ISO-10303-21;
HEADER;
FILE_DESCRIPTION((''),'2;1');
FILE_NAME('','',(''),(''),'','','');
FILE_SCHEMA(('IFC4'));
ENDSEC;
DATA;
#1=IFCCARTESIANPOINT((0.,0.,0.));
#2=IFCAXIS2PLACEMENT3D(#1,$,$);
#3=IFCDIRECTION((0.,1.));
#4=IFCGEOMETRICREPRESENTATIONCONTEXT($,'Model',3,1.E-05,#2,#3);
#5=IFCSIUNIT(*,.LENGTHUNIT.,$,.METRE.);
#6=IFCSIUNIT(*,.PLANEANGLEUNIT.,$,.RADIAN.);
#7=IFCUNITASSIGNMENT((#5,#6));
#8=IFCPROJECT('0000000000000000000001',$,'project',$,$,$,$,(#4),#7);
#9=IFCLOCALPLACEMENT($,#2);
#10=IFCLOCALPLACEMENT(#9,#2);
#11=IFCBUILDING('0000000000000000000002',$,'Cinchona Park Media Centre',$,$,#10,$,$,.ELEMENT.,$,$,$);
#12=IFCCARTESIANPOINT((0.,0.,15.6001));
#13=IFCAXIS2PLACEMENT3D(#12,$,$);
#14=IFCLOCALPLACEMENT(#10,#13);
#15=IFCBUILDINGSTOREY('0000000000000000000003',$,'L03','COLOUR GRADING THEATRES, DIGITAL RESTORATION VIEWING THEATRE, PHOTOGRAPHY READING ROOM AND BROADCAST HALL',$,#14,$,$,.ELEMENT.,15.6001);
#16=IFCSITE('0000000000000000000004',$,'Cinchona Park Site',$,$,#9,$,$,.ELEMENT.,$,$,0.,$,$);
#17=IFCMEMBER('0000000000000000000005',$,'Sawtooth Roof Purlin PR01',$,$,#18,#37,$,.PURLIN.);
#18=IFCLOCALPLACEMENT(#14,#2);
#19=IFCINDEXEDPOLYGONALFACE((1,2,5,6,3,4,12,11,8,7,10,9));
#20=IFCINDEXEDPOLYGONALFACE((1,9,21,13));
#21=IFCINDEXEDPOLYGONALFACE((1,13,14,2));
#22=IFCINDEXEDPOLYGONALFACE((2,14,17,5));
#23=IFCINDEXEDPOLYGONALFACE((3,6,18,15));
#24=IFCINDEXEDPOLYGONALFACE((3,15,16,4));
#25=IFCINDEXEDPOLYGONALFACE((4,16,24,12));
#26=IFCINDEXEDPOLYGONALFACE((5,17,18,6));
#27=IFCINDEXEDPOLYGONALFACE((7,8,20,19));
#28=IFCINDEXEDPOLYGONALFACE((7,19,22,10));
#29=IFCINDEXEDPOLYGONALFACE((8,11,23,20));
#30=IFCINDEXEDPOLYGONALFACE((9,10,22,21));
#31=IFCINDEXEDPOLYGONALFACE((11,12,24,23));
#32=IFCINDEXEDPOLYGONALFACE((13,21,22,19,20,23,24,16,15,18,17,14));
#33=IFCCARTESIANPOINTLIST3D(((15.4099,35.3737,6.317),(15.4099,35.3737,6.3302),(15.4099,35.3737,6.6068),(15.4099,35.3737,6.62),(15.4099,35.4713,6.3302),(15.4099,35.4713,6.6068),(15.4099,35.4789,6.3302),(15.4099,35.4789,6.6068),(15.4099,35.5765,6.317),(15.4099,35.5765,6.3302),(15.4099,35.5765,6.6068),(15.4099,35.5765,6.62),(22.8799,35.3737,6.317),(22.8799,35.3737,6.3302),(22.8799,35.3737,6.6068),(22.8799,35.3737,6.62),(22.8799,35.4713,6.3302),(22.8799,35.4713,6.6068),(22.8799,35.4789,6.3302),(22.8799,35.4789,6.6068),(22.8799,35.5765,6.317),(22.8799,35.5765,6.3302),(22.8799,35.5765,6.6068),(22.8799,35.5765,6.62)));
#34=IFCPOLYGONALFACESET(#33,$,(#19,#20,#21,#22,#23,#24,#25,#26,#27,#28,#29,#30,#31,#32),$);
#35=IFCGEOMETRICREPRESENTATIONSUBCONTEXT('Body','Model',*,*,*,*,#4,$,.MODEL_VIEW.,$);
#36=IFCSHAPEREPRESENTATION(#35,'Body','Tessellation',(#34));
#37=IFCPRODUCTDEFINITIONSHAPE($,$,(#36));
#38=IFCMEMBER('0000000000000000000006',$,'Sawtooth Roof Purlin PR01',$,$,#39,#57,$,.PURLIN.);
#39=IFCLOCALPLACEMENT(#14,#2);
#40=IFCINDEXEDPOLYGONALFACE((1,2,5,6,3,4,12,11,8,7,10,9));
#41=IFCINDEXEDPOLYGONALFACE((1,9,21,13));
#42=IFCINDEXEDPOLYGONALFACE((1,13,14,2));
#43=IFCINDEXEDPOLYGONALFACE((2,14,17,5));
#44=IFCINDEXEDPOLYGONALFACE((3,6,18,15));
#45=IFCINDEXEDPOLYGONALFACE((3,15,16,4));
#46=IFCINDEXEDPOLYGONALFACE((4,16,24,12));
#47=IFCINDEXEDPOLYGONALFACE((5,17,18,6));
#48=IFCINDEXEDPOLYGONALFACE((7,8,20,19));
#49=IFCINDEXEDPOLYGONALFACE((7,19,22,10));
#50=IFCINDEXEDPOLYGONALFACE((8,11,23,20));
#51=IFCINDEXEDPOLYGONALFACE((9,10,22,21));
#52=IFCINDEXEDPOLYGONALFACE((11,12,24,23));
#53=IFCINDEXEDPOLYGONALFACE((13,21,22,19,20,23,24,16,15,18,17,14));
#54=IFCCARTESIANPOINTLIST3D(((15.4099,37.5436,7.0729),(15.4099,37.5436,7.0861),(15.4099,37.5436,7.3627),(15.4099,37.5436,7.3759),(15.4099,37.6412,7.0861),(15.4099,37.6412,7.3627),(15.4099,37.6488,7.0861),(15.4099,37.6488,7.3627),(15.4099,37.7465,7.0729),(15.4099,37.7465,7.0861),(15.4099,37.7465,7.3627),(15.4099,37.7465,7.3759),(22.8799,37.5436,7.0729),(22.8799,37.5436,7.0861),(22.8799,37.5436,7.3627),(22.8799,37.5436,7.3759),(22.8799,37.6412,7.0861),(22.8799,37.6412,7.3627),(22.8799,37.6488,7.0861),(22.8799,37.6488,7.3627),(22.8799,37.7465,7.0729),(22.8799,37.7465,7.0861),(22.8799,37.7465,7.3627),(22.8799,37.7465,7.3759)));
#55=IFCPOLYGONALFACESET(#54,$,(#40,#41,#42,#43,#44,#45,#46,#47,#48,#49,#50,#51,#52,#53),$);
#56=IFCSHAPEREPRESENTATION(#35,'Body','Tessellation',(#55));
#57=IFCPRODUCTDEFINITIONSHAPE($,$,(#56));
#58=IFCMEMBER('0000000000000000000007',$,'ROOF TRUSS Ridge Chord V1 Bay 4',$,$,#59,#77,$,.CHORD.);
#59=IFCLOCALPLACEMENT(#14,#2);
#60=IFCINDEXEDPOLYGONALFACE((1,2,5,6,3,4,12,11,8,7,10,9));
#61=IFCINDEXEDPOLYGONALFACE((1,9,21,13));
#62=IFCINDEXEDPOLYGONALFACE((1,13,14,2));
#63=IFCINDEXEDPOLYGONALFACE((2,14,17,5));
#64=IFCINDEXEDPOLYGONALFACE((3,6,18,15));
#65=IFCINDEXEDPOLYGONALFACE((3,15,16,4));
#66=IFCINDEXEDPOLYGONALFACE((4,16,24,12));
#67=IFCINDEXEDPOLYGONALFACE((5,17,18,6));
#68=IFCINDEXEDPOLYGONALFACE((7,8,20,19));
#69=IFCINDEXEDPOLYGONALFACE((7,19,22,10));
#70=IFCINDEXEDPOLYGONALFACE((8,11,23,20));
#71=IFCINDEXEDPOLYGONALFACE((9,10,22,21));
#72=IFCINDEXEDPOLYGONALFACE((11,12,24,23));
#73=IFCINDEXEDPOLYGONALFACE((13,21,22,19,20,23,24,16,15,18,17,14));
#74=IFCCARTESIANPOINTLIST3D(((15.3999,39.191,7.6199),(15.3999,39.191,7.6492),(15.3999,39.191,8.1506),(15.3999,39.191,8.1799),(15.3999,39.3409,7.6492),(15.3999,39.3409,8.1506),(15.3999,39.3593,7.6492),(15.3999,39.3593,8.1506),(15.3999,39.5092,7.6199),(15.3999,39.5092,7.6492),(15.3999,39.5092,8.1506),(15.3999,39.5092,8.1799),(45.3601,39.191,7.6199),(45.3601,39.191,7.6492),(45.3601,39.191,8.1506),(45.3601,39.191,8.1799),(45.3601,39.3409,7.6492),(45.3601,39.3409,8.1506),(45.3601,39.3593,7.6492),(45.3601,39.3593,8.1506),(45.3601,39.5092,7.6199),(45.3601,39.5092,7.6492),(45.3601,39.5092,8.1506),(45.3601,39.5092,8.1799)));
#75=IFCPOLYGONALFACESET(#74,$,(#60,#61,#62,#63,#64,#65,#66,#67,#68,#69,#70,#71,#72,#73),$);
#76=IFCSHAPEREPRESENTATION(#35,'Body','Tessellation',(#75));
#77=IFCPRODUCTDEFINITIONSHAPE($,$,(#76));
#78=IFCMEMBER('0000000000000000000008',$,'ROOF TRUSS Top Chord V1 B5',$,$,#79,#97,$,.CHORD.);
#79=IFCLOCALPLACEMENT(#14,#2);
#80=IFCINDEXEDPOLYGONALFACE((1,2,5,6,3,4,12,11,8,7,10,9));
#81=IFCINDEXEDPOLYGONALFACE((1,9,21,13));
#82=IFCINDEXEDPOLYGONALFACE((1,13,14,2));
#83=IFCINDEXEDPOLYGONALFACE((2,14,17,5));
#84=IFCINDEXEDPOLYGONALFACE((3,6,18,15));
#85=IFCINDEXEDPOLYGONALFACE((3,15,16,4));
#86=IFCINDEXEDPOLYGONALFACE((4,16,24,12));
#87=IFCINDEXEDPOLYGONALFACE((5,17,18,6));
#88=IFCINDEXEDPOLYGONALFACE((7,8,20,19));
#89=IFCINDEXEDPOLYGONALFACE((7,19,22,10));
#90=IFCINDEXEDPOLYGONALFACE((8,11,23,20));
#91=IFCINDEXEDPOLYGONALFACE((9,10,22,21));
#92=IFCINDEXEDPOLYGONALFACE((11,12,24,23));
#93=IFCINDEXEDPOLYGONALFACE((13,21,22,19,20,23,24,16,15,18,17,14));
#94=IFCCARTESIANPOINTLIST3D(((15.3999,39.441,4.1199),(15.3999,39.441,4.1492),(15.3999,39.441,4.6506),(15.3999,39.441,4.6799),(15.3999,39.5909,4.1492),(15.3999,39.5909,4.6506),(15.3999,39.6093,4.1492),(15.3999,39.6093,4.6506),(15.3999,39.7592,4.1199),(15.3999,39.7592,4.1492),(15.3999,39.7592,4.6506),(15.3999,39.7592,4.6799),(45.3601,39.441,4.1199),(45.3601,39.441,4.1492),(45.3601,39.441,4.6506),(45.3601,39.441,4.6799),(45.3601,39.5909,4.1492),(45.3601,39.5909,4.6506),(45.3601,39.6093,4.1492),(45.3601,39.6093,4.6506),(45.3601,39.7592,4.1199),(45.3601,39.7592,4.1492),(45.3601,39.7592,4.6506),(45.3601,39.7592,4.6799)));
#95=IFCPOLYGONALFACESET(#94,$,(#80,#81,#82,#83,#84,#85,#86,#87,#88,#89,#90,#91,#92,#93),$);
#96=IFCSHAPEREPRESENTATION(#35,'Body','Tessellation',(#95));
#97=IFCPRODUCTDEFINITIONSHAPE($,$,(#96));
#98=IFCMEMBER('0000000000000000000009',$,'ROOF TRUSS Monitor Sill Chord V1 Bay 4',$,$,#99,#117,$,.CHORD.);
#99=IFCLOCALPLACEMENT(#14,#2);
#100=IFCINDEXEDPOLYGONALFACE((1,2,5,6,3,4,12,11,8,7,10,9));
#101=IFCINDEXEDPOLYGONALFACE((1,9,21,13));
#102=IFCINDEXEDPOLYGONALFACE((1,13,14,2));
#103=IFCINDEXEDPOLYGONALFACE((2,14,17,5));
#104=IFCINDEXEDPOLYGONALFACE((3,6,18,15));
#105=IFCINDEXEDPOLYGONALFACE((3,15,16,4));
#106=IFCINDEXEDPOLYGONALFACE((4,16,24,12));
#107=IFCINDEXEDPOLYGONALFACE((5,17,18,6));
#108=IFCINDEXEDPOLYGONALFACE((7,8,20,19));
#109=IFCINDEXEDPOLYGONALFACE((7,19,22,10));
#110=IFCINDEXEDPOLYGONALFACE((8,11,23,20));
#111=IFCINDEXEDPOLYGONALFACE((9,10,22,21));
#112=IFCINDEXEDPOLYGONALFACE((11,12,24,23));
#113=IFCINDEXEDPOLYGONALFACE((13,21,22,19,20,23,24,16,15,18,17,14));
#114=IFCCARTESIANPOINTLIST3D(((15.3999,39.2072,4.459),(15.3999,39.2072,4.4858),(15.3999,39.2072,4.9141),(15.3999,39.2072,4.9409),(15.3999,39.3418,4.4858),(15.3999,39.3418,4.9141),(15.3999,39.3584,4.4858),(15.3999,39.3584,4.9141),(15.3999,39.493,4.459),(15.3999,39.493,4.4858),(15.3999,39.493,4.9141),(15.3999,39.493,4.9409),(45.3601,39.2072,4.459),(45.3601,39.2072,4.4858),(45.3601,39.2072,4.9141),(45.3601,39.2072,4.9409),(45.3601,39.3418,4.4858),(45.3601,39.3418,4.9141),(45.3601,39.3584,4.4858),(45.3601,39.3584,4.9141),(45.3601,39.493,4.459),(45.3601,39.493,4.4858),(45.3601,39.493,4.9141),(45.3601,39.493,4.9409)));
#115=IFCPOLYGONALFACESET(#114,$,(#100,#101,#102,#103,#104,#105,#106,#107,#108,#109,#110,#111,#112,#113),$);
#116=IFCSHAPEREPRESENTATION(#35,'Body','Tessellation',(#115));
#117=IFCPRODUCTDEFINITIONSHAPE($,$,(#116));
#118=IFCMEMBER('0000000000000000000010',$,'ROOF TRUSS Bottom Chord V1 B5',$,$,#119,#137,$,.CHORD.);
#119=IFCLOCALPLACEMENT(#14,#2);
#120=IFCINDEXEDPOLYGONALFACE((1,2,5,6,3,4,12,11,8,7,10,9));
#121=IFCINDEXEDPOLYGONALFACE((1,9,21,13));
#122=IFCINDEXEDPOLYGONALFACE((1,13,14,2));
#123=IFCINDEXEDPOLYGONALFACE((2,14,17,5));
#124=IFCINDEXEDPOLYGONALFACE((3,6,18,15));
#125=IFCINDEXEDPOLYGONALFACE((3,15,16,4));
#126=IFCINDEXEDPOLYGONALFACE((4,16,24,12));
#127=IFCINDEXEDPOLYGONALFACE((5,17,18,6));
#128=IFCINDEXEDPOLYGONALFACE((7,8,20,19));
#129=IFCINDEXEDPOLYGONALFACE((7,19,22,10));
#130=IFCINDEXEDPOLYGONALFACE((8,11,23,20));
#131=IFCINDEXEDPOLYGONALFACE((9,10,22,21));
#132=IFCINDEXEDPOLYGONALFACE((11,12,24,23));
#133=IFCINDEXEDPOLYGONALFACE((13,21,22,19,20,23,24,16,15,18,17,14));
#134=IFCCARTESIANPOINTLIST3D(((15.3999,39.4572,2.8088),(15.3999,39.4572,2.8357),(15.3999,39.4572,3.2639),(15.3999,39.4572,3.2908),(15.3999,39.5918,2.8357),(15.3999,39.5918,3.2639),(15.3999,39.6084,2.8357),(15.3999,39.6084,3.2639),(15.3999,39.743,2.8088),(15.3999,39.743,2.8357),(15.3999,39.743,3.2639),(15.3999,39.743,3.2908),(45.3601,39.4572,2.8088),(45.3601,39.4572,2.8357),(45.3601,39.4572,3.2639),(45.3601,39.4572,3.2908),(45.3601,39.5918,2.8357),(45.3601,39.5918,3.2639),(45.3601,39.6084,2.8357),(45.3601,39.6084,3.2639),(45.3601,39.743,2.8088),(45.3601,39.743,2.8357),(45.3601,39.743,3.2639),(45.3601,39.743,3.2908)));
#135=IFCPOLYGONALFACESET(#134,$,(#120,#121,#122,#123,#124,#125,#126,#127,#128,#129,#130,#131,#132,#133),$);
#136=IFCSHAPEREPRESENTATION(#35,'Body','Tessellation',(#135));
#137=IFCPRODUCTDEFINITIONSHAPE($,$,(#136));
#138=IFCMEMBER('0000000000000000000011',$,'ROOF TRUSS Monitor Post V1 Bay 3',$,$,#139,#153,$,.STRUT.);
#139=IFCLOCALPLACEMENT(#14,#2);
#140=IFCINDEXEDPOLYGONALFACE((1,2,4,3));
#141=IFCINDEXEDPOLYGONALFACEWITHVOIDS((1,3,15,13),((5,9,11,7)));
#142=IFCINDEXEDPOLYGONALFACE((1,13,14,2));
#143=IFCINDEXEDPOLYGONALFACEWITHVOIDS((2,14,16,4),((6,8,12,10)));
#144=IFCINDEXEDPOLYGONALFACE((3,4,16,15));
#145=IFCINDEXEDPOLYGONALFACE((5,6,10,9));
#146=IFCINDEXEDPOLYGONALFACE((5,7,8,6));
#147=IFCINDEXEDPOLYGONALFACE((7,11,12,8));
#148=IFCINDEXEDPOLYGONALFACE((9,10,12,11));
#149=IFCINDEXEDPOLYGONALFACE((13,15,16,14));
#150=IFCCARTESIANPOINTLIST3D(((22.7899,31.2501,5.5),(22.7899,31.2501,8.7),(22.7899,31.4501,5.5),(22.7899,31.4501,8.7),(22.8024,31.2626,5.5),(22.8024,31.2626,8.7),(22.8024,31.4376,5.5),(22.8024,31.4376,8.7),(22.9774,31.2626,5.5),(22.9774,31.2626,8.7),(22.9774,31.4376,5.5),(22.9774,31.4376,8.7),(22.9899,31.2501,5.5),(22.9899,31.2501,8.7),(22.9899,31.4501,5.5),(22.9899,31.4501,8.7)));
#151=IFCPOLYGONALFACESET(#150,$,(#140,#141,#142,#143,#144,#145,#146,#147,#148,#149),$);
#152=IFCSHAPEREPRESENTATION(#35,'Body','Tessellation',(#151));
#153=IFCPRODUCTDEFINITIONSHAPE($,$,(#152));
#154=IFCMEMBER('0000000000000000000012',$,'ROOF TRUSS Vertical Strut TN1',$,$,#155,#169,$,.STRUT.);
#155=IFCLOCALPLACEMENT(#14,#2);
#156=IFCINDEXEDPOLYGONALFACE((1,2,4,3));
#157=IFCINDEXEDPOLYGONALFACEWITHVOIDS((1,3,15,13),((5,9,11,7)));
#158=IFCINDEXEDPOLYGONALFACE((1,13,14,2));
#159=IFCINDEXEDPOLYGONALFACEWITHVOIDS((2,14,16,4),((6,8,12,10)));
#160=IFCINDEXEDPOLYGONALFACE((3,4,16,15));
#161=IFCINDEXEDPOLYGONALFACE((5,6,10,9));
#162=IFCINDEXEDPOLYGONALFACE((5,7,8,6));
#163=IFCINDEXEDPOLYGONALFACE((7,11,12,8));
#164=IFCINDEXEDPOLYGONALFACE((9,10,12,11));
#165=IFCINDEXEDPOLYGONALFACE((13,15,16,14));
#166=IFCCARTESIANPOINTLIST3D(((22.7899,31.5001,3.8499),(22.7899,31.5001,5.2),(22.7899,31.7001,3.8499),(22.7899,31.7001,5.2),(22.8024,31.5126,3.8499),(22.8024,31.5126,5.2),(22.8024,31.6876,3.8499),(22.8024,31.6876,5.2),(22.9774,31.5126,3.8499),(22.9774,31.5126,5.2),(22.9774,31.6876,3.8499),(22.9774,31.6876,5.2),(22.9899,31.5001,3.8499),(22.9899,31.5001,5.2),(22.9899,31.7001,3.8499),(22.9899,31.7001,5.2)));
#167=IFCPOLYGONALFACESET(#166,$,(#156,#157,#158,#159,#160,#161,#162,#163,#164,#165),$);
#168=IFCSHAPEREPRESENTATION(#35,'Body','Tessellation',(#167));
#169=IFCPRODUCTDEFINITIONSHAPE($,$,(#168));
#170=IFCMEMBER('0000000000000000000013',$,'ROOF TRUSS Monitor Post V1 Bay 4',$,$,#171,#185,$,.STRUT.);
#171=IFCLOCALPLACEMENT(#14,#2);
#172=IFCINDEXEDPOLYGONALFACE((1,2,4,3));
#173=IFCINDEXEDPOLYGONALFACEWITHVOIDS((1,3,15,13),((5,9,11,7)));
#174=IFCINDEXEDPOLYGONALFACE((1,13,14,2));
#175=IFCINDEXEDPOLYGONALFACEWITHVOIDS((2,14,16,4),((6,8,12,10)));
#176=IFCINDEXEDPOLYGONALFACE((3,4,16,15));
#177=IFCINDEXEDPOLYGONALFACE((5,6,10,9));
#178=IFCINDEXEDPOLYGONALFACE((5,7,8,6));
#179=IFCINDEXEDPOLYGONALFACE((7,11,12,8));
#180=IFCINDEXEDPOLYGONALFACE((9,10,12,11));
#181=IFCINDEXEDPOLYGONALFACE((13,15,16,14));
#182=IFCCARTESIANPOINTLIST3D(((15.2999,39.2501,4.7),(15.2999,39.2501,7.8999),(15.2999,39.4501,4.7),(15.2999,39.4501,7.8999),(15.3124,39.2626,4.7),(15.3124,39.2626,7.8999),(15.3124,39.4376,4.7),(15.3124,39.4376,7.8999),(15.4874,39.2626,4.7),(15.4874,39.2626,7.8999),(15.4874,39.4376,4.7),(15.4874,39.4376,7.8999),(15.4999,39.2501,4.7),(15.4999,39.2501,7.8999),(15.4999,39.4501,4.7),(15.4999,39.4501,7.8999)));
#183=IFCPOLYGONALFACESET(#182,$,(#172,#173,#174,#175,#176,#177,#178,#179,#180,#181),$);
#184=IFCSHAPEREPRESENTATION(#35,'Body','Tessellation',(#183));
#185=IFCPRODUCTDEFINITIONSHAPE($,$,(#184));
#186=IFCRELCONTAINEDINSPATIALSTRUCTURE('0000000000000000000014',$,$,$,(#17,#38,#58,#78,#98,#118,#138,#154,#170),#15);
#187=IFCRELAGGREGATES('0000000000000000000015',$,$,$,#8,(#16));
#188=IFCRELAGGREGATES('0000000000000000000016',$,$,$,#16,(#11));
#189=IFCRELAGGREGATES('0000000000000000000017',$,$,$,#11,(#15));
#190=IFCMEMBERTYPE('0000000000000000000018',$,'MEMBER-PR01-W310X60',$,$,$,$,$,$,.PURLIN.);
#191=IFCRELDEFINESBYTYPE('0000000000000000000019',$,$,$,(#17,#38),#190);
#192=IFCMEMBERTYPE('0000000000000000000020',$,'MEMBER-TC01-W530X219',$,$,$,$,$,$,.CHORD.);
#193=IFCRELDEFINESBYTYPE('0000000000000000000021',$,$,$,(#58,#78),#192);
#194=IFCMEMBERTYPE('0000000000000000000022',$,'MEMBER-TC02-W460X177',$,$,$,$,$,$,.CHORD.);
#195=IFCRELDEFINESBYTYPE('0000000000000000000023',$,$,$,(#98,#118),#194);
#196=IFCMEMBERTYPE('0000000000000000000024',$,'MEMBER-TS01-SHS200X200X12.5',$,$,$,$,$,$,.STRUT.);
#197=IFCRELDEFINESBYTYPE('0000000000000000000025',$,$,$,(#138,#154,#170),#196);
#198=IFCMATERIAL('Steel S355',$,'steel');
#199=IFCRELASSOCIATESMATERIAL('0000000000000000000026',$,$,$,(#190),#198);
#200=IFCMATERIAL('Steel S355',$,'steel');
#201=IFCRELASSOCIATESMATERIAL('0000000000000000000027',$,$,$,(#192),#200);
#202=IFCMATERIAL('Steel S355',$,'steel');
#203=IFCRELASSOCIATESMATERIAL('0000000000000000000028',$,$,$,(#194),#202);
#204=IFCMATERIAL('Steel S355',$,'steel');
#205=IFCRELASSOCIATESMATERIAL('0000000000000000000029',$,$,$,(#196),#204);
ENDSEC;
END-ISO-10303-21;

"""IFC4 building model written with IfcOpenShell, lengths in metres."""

from ifc_helpers import new_model, si_unit, direction, frame, origin, origin_2d, place, context, subcontext, project, spatial, hollow_rectangle, i_section, extrude, material, material_profile, profile_set, type_object, element, save


model = new_model("IFC4")

# Units and contexts
model_context = context("Model", 3, precision=1e-05, world=origin(), true_north=direction((0.0, 1.0)))
body_context = subcontext(model_context, "Body", "Model", "MODEL_VIEW")
ifc_project = project(units=[si_unit("LENGTHUNIT", "METRE"), si_unit("PLANEANGLEUNIT", "RADIAN")], contexts=[model_context])

# Site, building, storey
site_placement = place(None, origin())
site = spatial("IfcSite", under=ifc_project, at=site_placement, Name="Cinchona Park Site", CompositionType="ELEMENT", RefElevation=0.0)
building_placement = place(site_placement, origin())
building = spatial("IfcBuilding", under=site, at=building_placement, Name="Cinchona Park Media Centre", CompositionType="ELEMENT")
storey_placement = place(building_placement, frame((0.0, 0.0, 15.6001)))
storey = spatial("IfcBuildingStorey", under=building, at=storey_placement, Name="L03", Description="COLOUR GRADING THEATRES, DIGITAL RESTORATION VIEWING THEATRE, PHOTOGRAPHY READING ROOM AND BROADCAST HALL", CompositionType="ELEMENT", Elevation=15.6001)

# Members
ifc_material_1 = material(Name="Steel S355", Category="steel")
ifc_material_profile_1 = material_profile(ifc_material_1, i_section(OverallWidth=0.2029, OverallDepth=0.303, WebThickness=0.0076, FlangeThickness=0.0132, at=origin_2d()), Name="W310X60")
ifc_profile_set_1 = profile_set([ifc_material_profile_1], Name="Steel S355")
member_type_1 = type_object("IfcMemberType", Name="MEMBER-PR01-W310X60", PredefinedType="PURLIN", material=ifc_profile_set_1)
for number, where, z_axis, x_axis, name in (
    (1, (15.4099, 35.4751, 6.4685), (1.0, 0.0, 0.0), (0.0, 1.0, 0.0), "Sawtooth Roof Purlin PR01"),
    (2, (15.4099, 37.645, 7.2244), (1.0, 0.0, 0.0), (0.0, 1.0, 0.0), "Sawtooth Roof Purlin PR01"),
):
    element("IfcMember", number, at=place(storey_placement, frame(where, z_axis=z_axis, x_axis=x_axis)), inside=storey, type_object=member_type_1, Name=name, PredefinedType="PURLIN", context=body_context, shape_type="SweptSolid", body=[
        extrude(i_section(OverallWidth=0.2029, OverallDepth=0.303, WebThickness=0.0076, FlangeThickness=0.0132, at=origin_2d()), origin(), (0.0, 0.0, 1.0), 7.47),
    ])
ifc_material_2 = material(Name="Steel S355", Category="steel")
ifc_material_profile_2 = material_profile(ifc_material_2, i_section(OverallWidth=0.3181, OverallDepth=0.5601, WebThickness=0.0183, FlangeThickness=0.0293, at=origin_2d()), Name="W530X219")
ifc_profile_set_2 = profile_set([ifc_material_profile_2], Name="Steel S355")
member_type_2 = type_object("IfcMemberType", Name="MEMBER-TC01-W530X219", PredefinedType="CHORD", material=ifc_profile_set_2)
for number, where, z_axis, x_axis, name in (
    (3, (15.3999, 39.3501, 7.8999), (1.0, 0.0, 0.0), (0.0, 1.0, 0.0), "ROOF TRUSS Ridge Chord V1 Bay 4"),
    (4, (15.3999, 39.6001, 4.3999), (1.0, 0.0, 0.0), (0.0, 1.0, 0.0), "ROOF TRUSS Top Chord V1 B5"),
):
    element("IfcMember", number, at=place(storey_placement, frame(where, z_axis=z_axis, x_axis=x_axis)), inside=storey, type_object=member_type_2, Name=name, PredefinedType="CHORD", context=body_context, shape_type="SweptSolid", body=[
        extrude(i_section(OverallWidth=0.3181, OverallDepth=0.5601, WebThickness=0.0183, FlangeThickness=0.0293, at=origin_2d()), origin(), (0.0, 0.0, 1.0), 29.9602),
    ])
ifc_material_3 = material(Name="Steel S355", Category="steel")
ifc_material_profile_3 = material_profile(ifc_material_3, i_section(OverallWidth=0.2859, OverallDepth=0.4819, WebThickness=0.0166, FlangeThickness=0.0269, at=origin_2d()), Name="W460X177")
ifc_profile_set_3 = profile_set([ifc_material_profile_3], Name="Steel S355")
member_type_3 = type_object("IfcMemberType", Name="MEMBER-TC02-W460X177", PredefinedType="CHORD", material=ifc_profile_set_3)
for number, where, z_axis, x_axis, name in (
    (5, (15.3999, 39.3501, 4.7), (1.0, 0.0, 0.0), (0.0, 1.0, 0.0), "ROOF TRUSS Monitor Sill Chord V1 Bay 4"),
    (6, (15.3999, 39.6001, 3.0498), (1.0, 0.0, 0.0), (0.0, 1.0, 0.0), "ROOF TRUSS Bottom Chord V1 B5"),
):
    element("IfcMember", number, at=place(storey_placement, frame(where, z_axis=z_axis, x_axis=x_axis)), inside=storey, type_object=member_type_3, Name=name, PredefinedType="CHORD", context=body_context, shape_type="SweptSolid", body=[
        extrude(i_section(OverallWidth=0.2859, OverallDepth=0.4819, WebThickness=0.0166, FlangeThickness=0.0269, at=origin_2d()), origin(), (0.0, 0.0, 1.0), 29.9602),
    ])
ifc_material_4 = material(Name="Steel S355", Category="steel")
ifc_material_profile_4 = material_profile(ifc_material_4, hollow_rectangle(XDim=0.2, YDim=0.2, WallThickness=0.0125, at=origin_2d()), Name="200X200X12.5SHS")
ifc_profile_set_4 = profile_set([ifc_material_profile_4], Name="Steel S355")
member_type_4 = type_object("IfcMemberType", Name="MEMBER-TS01-SHS200X200X12.5", PredefinedType="STRUT", material=ifc_profile_set_4)
member_1_placement = place(storey_placement, frame((22.8899, 31.3501, 5.5), z_axis=(0.0, 0.0, 1.0), x_axis=(1.0, 0.0, 0.0)))
element("IfcMember", 7, at=member_1_placement, inside=storey, type_object=member_type_4, Name="ROOF TRUSS Monitor Post V1 Bay 3", PredefinedType="STRUT", context=body_context, shape_type="SweptSolid", body=[
    extrude(hollow_rectangle(XDim=0.2, YDim=0.2, WallThickness=0.0125, at=origin_2d()), origin(), (0.0, 0.0, 1.0), 3.2),
])
member_2_placement = place(storey_placement, frame((22.8899, 31.6001, 3.8499), z_axis=(0.0, 0.0, 1.0), x_axis=(1.0, 0.0, 0.0)))
element("IfcMember", 8, at=member_2_placement, inside=storey, type_object=member_type_4, Name="ROOF TRUSS Vertical Strut TN1", PredefinedType="STRUT", context=body_context, shape_type="SweptSolid", body=[
    extrude(hollow_rectangle(XDim=0.2, YDim=0.2, WallThickness=0.0125, at=origin_2d()), origin(), (0.0, 0.0, 1.0), 1.3501),
])
for number, where, z_axis, x_axis, name in (
    (9, (15.3999, 39.3501, 4.7), (0.0, 0.0, 1.0), (1.0, 0.0, 0.0), "ROOF TRUSS Monitor Post V1 Bay 4"),
):
    element("IfcMember", number, at=place(storey_placement, frame(where, z_axis=z_axis, x_axis=x_axis)), inside=storey, type_object=member_type_4, Name=name, PredefinedType="STRUT", context=body_context, shape_type="SweptSolid", body=[
        extrude(hollow_rectangle(XDim=0.2, YDim=0.2, WallThickness=0.0125, at=origin_2d()), origin(), (0.0, 0.0, 1.0), 3.2),
    ])

save(model, "model.ifc")
